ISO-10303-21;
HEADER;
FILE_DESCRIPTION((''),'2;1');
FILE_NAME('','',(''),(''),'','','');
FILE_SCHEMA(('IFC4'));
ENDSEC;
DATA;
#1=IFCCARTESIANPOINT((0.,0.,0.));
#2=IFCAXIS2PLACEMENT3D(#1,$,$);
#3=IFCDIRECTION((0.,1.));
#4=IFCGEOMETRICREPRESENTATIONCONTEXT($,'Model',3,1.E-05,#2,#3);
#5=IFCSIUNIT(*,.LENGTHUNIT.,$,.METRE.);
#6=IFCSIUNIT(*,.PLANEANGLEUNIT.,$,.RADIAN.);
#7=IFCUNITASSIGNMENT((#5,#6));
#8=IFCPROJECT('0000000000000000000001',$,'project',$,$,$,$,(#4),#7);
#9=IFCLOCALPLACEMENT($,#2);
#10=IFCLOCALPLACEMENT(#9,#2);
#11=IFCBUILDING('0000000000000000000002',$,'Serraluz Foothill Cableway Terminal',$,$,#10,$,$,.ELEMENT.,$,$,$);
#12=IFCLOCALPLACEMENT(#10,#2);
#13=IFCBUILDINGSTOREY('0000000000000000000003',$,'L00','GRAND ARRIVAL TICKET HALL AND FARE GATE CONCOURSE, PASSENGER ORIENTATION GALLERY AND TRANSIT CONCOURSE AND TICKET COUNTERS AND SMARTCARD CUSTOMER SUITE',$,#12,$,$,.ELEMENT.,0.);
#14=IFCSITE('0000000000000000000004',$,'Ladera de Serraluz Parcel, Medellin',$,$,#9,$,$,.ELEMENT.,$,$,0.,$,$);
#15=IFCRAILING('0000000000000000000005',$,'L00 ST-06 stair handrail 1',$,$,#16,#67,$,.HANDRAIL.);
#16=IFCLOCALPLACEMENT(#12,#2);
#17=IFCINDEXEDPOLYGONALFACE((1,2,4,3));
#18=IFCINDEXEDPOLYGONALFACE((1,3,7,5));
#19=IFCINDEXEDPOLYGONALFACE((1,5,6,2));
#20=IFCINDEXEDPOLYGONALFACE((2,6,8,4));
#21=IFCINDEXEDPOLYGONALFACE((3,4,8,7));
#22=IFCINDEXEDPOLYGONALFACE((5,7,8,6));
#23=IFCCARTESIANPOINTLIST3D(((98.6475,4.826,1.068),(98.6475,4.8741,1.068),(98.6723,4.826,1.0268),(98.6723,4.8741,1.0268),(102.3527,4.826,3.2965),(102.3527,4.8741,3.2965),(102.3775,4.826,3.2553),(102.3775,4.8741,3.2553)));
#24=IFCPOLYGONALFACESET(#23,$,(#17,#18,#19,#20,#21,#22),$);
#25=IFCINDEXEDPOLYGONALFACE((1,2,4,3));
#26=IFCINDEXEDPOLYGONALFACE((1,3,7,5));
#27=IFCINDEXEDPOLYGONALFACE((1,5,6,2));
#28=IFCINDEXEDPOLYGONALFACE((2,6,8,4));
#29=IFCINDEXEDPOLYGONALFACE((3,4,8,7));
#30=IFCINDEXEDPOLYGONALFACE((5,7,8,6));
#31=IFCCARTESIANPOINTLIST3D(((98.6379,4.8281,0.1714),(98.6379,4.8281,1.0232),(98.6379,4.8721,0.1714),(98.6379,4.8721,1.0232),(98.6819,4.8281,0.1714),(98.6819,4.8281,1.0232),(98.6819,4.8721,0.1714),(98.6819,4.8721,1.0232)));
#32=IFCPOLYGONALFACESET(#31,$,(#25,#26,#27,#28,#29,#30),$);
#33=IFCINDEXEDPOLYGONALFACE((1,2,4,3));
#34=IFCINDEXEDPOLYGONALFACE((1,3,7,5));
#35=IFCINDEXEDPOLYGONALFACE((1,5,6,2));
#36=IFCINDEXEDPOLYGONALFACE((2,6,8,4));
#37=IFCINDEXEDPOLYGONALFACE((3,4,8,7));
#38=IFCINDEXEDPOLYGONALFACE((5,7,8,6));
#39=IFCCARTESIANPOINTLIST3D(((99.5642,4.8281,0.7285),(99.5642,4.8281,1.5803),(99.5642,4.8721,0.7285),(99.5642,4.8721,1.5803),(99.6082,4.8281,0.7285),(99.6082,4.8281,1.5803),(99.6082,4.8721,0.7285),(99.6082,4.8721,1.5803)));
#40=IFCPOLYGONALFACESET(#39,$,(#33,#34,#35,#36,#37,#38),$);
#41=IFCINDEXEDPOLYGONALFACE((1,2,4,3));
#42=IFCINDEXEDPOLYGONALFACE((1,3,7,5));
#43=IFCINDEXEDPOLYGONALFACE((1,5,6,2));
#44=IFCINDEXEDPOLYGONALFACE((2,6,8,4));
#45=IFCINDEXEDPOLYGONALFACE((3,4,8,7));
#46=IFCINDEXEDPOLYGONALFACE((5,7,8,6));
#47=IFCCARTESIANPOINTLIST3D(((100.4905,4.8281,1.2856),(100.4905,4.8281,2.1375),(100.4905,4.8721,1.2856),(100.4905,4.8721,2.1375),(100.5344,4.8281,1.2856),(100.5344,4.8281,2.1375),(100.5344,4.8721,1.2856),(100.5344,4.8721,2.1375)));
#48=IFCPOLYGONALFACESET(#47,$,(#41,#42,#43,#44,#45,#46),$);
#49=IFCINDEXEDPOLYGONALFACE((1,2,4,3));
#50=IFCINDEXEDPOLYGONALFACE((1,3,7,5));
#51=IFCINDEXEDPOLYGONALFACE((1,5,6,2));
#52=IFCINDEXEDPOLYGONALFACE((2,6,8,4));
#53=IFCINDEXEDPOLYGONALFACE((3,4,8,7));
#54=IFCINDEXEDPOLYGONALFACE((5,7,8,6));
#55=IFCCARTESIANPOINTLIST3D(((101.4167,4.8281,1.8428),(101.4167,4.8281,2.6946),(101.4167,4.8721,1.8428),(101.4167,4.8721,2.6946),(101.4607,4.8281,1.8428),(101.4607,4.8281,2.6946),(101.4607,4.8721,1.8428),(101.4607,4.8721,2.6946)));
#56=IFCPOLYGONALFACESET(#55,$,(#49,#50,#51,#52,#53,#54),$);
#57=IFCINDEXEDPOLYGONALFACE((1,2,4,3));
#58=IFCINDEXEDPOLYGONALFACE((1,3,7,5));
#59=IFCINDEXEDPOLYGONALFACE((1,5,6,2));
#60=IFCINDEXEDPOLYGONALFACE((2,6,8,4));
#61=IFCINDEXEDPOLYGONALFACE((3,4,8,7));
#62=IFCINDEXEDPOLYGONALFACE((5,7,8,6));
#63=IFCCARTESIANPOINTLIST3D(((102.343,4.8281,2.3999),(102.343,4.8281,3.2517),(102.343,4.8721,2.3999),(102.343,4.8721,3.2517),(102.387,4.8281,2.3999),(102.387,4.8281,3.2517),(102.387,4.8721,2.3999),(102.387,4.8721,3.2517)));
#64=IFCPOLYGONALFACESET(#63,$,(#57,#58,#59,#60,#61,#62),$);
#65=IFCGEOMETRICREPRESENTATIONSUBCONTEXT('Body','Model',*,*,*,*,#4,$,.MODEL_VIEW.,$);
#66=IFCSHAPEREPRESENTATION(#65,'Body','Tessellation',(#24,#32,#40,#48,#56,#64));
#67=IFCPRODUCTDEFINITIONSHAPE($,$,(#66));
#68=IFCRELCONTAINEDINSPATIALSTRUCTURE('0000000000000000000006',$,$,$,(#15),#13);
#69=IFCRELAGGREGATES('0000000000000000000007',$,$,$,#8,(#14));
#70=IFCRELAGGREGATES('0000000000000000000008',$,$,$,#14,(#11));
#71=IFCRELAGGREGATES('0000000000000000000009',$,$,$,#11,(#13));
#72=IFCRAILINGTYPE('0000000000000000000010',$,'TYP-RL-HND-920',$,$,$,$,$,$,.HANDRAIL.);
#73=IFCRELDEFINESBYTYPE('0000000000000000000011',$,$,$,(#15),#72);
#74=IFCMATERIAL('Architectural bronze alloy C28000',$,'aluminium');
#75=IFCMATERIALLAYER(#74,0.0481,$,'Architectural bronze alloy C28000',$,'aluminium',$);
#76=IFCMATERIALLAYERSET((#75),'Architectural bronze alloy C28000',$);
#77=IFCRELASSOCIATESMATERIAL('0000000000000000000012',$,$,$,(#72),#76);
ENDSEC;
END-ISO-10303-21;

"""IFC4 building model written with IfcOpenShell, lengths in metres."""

from ifc_helpers import new_model, si_unit, direction, frame, origin, origin_2d, place, context, subcontext, project, spatial, rectangle, extrude, material, layer, layer_set, type_object, element, save


model = new_model("IFC4")

# Units and contexts
model_context = context("Model", 3, precision=1e-05, world=origin(), true_north=direction((0.0, 1.0)))
body_context = subcontext(model_context, "Body", "Model", "MODEL_VIEW")
ifc_project = project(units=[si_unit("LENGTHUNIT", "METRE"), si_unit("PLANEANGLEUNIT", "RADIAN")], contexts=[model_context])

# Site, building, storey
site_placement = place(None, origin())
site = spatial("IfcSite", under=ifc_project, at=site_placement, Name="Ladera de Serraluz Parcel, Medellin", CompositionType="ELEMENT", RefElevation=0.0)
building_placement = place(site_placement, origin())
building = spatial("IfcBuilding", under=site, at=building_placement, Name="Serraluz Foothill Cableway Terminal", CompositionType="ELEMENT")
storey_placement = place(building_placement, origin())
storey = spatial("IfcBuildingStorey", under=building, at=storey_placement, Name="L00", Description="GRAND ARRIVAL TICKET HALL AND FARE GATE CONCOURSE, PASSENGER ORIENTATION GALLERY AND TRANSIT CONCOURSE AND TICKET COUNTERS AND SMARTCARD CUSTOMER SUITE", CompositionType="ELEMENT", Elevation=0.0)

# Railing
ifc_material_1 = material(Name="Architectural bronze alloy C28000", Category="aluminium")
ifc_layer_1 = layer(ifc_material_1, 0.0481, Name="Architectural bronze alloy C28000", Category="aluminium")
ifc_layer_set_1 = layer_set([ifc_layer_1], Name="Architectural bronze alloy C28000")
railing_type_1 = type_object("IfcRailingType", Name="TYP-RL-HND-920", PredefinedType="HANDRAIL", material=ifc_layer_set_1)
railing_1_placement = place(storey_placement, frame((98.6599, 4.8501, 0.1714)))
element("IfcRailing", 1, at=railing_1_placement, inside=storey, type_object=railing_type_1, Name="L00 ST-06 stair handrail 1", PredefinedType="HANDRAIL", context=body_context, shape_type="SweptSolid", body=[
    extrude(rectangle(XDim=0.0481, YDim=0.0481, at=origin_2d()), frame((0.0, 0.0, 0.876), z_axis=(0.856934, 0.0, 0.515425), x_axis=(0.0, 1.0, 0.0)), (0.0, 0.0, 1.0), 4.3237),
    extrude(rectangle(XDim=0.0439, YDim=0.0439, at=origin_2d()), origin(), (0.0, 0.0, 1.0), 0.8518),
    extrude(rectangle(XDim=0.0439, YDim=0.0439, at=origin_2d()), frame((0.9263, 0.0, 0.5571)), (0.0, 0.0, 1.0), 0.8518),
    extrude(rectangle(XDim=0.0439, YDim=0.0439, at=origin_2d()), frame((1.8525, 0.0, 1.1143)), (0.0, 0.0, 1.0), 0.8518),
    extrude(rectangle(XDim=0.0439, YDim=0.0439, at=origin_2d()), frame((2.7788, 0.0, 1.6714)), (0.0, 0.0, 1.0), 0.8518),
    extrude(rectangle(XDim=0.0439, YDim=0.0439, at=origin_2d()), frame((3.7051, 0.0, 2.2285)), (0.0, 0.0, 1.0), 0.8518),
])

save(model, "model.ifc")
